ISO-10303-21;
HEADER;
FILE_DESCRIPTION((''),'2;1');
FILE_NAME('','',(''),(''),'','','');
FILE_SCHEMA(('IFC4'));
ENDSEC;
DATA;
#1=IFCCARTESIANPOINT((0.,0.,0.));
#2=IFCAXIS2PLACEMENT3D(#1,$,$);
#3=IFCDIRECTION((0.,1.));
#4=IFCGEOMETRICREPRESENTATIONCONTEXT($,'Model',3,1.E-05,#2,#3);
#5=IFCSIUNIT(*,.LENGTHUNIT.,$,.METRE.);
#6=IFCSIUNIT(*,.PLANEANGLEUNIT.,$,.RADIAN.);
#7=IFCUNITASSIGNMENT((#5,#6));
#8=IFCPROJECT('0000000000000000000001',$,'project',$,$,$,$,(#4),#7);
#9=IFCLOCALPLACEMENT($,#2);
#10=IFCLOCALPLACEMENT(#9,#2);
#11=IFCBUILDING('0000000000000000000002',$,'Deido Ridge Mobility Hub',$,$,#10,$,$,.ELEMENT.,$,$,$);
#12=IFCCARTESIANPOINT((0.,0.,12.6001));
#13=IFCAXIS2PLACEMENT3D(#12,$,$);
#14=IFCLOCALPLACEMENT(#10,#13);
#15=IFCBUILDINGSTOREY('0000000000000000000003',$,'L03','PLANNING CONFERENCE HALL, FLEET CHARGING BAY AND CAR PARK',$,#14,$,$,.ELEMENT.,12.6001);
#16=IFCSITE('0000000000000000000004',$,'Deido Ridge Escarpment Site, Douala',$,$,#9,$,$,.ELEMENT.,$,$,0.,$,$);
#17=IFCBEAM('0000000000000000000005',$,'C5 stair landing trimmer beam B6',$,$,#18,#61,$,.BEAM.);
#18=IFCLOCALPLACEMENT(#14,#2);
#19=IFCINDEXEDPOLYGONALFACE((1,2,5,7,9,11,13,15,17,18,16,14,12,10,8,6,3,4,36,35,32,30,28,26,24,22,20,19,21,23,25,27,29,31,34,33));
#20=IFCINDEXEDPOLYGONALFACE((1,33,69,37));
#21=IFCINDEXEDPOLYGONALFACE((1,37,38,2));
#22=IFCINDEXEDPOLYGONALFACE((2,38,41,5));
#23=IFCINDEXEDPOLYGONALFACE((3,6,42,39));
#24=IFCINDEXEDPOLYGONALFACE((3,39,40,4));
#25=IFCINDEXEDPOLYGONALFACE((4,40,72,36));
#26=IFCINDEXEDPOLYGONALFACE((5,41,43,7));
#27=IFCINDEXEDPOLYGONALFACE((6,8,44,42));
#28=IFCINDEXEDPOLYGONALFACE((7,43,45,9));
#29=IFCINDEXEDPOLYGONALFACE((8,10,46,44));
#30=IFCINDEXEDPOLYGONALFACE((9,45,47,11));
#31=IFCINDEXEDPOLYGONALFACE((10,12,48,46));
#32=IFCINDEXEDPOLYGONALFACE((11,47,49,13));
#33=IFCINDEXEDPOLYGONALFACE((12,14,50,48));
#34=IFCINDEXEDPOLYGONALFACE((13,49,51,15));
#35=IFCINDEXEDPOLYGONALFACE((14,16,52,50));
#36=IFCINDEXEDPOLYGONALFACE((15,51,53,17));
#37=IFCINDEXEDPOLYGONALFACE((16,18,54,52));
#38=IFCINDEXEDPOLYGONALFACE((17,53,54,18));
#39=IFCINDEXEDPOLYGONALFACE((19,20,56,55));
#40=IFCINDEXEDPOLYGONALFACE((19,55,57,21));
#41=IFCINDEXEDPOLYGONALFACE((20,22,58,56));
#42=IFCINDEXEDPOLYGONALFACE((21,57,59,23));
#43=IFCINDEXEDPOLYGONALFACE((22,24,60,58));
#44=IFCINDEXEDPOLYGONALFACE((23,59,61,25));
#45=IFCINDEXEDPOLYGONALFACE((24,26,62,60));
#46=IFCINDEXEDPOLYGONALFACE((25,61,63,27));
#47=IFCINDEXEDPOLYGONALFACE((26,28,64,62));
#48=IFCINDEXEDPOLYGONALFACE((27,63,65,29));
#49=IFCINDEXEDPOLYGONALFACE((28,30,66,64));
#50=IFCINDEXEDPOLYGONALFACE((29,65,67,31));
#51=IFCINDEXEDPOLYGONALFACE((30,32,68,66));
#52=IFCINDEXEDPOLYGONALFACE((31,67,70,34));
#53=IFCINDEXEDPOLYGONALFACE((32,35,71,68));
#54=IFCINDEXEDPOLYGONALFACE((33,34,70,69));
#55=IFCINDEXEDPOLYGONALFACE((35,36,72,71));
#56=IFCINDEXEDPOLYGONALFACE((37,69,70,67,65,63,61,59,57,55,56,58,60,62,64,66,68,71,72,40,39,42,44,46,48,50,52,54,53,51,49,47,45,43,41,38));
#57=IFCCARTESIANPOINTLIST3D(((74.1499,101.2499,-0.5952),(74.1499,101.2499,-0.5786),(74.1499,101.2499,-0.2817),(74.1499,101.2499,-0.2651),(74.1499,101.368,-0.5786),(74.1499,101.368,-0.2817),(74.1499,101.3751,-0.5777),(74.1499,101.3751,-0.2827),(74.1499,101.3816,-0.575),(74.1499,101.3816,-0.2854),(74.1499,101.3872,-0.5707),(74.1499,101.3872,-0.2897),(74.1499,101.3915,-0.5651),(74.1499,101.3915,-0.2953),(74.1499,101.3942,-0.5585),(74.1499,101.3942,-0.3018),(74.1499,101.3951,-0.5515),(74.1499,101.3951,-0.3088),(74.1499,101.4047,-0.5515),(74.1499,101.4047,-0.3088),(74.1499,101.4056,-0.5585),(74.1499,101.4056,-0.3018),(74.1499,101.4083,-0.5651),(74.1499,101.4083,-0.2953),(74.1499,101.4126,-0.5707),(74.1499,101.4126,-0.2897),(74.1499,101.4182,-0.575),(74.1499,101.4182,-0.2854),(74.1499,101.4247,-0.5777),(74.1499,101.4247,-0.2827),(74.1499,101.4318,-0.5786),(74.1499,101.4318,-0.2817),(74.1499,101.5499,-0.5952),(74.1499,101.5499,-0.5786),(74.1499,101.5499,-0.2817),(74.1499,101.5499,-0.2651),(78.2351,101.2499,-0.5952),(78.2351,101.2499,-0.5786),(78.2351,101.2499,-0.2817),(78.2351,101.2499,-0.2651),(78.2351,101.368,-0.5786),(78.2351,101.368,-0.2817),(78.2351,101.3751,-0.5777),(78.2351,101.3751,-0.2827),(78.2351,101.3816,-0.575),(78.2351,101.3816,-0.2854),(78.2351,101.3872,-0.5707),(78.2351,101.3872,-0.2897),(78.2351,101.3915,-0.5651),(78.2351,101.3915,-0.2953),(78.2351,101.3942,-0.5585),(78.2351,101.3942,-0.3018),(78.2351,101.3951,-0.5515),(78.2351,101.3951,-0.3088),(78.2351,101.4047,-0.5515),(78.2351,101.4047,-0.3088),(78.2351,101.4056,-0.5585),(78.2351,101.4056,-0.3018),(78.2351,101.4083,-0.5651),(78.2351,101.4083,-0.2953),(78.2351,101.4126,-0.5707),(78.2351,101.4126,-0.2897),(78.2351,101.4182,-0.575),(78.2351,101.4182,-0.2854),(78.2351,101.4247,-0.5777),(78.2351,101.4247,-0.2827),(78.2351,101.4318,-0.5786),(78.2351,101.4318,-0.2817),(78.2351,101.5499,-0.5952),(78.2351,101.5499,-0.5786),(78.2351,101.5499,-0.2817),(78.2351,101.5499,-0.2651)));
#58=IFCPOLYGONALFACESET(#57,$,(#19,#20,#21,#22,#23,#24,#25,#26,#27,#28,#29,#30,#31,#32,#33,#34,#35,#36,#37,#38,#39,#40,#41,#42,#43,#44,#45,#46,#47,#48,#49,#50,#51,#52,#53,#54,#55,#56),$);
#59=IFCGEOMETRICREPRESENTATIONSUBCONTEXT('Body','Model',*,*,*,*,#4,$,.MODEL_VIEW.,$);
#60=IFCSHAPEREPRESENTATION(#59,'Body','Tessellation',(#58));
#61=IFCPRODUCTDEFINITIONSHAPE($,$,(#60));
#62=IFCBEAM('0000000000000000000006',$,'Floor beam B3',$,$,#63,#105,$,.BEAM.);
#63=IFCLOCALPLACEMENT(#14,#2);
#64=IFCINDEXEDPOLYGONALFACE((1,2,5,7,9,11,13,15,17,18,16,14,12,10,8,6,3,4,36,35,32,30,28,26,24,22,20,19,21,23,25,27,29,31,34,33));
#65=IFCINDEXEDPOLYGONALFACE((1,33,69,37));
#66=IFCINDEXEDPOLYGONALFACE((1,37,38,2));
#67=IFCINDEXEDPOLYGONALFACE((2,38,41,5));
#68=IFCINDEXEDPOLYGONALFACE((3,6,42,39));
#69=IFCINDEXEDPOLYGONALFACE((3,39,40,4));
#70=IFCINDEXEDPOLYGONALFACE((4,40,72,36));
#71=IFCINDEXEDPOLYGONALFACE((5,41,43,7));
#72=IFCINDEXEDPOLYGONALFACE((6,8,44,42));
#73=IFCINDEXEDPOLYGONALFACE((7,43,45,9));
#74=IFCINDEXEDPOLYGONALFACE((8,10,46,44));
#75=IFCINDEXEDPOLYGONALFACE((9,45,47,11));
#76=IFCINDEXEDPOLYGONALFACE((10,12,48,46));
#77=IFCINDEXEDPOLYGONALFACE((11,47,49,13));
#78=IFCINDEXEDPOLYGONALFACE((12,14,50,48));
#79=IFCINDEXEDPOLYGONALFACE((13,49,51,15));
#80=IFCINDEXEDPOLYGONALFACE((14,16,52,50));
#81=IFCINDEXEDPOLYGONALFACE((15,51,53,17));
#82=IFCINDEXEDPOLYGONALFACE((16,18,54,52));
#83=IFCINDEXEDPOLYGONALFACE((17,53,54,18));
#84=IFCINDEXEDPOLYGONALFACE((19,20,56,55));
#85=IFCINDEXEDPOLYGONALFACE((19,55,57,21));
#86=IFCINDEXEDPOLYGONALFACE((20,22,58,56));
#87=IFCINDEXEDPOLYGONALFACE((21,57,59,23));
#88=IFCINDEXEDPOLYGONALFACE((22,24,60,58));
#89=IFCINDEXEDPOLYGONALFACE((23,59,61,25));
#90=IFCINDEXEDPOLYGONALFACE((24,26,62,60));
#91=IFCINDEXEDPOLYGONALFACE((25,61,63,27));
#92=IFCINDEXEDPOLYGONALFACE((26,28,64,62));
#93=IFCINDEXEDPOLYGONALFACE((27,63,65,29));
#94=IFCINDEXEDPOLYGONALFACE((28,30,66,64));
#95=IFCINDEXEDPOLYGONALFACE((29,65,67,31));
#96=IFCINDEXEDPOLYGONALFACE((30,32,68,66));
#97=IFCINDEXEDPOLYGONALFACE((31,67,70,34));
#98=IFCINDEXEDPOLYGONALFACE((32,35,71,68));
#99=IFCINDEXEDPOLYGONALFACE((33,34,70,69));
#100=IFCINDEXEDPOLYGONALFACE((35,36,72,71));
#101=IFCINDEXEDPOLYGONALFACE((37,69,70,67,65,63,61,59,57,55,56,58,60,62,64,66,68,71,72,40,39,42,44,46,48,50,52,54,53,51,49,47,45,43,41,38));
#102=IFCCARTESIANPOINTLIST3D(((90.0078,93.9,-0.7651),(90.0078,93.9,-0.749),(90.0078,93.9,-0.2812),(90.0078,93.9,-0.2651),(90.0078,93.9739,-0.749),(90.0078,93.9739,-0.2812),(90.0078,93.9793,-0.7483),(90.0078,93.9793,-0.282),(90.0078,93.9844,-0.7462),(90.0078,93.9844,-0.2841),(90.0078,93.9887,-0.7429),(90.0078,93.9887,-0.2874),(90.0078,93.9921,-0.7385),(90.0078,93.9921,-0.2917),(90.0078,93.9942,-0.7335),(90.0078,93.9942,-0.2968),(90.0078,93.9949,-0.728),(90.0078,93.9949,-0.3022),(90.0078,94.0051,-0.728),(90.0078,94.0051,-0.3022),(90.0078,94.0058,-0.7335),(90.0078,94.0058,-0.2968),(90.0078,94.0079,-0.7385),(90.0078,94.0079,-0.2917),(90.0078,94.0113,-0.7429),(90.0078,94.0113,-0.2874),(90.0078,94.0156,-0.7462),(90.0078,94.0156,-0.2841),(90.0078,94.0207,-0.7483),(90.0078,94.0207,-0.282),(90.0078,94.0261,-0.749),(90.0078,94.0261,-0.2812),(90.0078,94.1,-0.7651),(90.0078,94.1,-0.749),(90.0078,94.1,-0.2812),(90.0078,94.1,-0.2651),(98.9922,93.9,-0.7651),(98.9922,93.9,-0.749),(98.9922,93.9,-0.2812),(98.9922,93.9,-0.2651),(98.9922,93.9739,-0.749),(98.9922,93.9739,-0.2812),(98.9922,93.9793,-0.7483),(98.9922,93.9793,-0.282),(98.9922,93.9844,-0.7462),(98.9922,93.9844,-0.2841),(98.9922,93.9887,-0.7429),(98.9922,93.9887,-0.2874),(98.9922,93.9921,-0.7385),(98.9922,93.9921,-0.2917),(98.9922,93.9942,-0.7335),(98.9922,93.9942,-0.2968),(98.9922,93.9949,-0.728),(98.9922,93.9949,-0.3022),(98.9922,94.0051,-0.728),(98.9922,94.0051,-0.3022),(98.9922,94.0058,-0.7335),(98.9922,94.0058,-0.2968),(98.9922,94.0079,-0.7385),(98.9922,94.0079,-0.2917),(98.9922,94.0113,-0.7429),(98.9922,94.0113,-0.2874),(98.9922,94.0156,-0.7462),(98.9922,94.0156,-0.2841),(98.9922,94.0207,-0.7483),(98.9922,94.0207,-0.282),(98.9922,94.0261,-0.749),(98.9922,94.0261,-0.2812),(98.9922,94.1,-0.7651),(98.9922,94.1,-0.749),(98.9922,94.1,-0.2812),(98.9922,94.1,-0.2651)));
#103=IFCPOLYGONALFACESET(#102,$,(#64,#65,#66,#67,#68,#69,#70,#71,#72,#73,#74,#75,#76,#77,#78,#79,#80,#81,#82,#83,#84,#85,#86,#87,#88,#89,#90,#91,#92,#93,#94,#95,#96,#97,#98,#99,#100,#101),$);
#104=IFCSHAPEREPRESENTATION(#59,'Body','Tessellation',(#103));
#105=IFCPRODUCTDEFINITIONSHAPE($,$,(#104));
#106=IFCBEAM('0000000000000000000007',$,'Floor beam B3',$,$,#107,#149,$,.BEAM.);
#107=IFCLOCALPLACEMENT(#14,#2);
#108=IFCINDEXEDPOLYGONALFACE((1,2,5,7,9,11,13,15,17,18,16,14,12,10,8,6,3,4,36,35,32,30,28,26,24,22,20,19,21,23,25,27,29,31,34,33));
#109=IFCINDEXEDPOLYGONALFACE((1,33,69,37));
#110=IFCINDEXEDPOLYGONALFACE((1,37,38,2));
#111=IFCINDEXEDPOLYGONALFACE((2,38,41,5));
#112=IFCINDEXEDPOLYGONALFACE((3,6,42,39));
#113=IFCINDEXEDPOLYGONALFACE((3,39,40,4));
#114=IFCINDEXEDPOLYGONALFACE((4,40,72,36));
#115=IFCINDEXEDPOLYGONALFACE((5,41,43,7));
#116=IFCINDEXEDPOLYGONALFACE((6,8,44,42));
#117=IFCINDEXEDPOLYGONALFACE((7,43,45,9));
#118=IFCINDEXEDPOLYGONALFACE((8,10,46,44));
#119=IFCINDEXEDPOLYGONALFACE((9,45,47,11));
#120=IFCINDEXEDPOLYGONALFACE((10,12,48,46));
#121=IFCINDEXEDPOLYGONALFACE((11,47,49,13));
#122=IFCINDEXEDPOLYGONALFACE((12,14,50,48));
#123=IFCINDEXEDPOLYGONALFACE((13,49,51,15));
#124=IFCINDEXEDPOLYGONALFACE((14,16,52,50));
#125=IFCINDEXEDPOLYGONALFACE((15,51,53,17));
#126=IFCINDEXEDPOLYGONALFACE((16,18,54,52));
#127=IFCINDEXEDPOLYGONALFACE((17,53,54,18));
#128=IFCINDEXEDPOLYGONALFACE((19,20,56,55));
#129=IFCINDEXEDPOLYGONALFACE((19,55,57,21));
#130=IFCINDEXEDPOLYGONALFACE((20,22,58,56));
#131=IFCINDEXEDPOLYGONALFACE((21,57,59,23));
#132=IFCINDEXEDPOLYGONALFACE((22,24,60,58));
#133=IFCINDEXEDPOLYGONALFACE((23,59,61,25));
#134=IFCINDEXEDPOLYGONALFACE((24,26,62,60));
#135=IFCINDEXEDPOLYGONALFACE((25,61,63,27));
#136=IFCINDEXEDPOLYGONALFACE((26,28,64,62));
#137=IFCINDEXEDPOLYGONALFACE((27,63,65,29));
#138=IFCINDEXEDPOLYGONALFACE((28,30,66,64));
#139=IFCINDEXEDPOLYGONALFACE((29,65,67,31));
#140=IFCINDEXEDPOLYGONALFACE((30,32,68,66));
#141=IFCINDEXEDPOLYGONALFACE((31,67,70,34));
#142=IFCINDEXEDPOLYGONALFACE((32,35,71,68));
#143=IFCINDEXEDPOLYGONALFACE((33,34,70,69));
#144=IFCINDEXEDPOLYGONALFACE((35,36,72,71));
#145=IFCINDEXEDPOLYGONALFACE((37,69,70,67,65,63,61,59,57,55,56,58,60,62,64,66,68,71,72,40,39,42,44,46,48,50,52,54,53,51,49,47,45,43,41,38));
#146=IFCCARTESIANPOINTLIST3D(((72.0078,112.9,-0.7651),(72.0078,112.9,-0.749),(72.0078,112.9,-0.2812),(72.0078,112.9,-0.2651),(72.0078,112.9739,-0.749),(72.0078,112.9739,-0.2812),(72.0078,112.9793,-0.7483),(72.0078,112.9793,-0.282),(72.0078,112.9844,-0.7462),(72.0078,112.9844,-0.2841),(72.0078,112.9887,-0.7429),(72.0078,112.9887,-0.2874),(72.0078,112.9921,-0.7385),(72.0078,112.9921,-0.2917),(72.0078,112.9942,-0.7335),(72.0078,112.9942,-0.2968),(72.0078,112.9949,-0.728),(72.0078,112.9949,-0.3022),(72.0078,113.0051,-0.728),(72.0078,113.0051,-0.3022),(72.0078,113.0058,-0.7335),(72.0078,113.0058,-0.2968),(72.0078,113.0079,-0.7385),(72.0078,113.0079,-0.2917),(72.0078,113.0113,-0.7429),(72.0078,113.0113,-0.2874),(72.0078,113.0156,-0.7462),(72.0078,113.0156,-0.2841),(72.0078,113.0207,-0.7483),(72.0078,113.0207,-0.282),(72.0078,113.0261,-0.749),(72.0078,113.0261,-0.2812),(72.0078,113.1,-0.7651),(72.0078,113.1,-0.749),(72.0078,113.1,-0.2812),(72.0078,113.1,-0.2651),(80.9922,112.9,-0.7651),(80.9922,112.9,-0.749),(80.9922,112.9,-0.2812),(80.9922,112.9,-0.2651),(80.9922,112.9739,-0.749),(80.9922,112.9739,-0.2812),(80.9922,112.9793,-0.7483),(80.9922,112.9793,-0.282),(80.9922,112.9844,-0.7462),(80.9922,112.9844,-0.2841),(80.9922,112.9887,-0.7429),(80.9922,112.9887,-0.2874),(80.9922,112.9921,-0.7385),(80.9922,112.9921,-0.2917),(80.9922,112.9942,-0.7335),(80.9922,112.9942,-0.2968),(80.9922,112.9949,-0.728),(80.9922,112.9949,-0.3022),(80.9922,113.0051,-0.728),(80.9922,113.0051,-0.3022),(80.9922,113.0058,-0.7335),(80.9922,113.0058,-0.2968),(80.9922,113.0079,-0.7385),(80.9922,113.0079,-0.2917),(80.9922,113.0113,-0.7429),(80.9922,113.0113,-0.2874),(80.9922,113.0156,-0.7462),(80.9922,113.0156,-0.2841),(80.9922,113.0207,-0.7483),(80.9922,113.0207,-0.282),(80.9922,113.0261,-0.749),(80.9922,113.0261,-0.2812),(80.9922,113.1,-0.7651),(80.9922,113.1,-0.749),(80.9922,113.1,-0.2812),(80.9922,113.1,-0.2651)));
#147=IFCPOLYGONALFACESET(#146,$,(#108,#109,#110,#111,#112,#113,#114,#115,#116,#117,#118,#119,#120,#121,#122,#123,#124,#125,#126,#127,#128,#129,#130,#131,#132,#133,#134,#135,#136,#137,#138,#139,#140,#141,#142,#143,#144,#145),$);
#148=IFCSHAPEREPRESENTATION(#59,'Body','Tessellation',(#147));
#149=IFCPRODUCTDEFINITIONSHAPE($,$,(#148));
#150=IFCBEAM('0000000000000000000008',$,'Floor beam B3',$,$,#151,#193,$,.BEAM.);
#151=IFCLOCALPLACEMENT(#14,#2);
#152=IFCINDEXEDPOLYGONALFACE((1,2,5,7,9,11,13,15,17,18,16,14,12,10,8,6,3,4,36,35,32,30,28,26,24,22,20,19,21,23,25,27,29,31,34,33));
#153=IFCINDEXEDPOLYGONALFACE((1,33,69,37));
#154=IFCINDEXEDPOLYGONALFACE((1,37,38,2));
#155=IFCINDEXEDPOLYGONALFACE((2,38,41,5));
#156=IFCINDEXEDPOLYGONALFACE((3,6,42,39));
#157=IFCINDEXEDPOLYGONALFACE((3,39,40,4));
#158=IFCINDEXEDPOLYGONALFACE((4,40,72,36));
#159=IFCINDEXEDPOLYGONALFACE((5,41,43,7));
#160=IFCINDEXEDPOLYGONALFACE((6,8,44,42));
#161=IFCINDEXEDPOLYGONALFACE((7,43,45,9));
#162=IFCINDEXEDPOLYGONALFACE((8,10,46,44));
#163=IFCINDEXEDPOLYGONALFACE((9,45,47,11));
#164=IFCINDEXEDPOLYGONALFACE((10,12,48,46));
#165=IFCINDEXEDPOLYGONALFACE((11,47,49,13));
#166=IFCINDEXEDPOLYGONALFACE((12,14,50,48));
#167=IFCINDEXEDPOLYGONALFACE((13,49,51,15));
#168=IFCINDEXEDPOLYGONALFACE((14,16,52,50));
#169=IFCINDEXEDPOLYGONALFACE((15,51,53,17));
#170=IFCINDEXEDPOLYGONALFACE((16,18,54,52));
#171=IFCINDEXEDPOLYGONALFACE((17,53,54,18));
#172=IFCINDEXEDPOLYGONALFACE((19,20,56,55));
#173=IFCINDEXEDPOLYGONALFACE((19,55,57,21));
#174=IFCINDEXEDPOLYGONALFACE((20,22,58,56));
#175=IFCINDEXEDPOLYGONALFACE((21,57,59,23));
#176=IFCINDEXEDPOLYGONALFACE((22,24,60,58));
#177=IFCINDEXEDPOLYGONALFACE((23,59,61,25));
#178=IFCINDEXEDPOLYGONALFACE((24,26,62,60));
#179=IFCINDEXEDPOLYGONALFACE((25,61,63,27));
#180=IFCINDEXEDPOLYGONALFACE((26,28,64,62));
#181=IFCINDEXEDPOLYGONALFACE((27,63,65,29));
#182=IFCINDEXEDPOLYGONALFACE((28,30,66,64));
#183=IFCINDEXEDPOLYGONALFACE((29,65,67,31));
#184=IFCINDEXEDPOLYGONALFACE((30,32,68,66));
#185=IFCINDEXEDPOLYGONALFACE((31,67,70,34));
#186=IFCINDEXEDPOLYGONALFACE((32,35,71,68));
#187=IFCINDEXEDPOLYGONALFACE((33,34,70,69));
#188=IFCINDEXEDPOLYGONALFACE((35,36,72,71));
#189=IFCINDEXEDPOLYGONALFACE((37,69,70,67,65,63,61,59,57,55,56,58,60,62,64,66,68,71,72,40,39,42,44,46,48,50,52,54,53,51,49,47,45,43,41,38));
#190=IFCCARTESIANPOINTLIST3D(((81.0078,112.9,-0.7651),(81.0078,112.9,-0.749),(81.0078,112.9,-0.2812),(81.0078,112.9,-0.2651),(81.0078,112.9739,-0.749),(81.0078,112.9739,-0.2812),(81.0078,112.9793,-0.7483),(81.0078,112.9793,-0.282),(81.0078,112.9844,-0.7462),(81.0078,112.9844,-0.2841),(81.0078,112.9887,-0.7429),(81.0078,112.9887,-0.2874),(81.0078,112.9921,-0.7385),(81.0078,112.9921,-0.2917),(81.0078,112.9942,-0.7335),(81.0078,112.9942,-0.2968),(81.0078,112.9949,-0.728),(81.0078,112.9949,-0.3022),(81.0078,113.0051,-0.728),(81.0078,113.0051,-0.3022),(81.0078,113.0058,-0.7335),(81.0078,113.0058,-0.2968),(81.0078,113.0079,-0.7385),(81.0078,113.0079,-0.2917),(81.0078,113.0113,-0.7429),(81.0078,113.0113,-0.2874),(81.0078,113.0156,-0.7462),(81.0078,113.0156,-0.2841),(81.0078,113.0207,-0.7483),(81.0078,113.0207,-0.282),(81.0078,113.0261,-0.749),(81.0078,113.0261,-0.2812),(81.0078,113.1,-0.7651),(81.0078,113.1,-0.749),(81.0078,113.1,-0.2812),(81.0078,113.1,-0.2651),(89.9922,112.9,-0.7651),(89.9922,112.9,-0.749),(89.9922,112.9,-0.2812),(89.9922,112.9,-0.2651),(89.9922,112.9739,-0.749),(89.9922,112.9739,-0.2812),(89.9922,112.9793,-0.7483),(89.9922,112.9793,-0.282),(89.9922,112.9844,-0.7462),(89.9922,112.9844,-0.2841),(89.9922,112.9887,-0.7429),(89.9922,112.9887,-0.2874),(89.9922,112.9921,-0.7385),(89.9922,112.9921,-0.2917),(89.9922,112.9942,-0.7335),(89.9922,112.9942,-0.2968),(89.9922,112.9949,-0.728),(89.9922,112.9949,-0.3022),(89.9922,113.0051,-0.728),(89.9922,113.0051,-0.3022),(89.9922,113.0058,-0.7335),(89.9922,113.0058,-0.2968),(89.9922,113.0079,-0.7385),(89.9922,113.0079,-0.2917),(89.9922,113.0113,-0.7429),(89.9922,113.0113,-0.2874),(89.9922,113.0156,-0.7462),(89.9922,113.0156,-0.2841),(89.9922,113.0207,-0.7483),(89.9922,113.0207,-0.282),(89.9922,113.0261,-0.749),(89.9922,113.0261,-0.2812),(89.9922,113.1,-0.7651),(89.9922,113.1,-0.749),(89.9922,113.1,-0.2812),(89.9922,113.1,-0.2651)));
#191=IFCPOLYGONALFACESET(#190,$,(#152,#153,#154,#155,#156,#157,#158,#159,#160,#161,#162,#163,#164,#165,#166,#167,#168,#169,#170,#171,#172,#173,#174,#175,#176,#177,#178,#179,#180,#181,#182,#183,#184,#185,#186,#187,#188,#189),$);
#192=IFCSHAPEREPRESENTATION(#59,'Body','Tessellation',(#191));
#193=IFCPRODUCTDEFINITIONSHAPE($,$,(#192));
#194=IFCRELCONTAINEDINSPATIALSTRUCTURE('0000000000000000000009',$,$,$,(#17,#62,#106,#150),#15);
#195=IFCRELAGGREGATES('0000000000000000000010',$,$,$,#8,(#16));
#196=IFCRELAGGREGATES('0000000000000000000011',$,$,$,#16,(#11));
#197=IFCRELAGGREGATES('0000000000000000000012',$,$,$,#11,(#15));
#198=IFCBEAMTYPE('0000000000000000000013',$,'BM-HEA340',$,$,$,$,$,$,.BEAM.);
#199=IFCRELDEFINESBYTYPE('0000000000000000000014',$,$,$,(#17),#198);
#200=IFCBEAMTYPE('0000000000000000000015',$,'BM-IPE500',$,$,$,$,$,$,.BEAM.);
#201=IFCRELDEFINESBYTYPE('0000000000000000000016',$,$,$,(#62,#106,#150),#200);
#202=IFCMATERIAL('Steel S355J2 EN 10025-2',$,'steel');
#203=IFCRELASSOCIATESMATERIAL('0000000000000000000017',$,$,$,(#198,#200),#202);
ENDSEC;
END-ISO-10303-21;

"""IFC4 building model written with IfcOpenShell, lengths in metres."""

from ifc_helpers import new_model, si_unit, direction, frame, origin, origin_2d, place, context, subcontext, project, spatial, i_section, extrude, material, material_profile, profile_set, type_object, element, save


model = new_model("IFC4")

# Units and contexts
model_context = context("Model", 3, precision=1e-05, world=origin(), true_north=direction((0.0, 1.0)))
body_context = subcontext(model_context, "Body", "Model", "MODEL_VIEW")
ifc_project = project(units=[si_unit("LENGTHUNIT", "METRE"), si_unit("PLANEANGLEUNIT", "RADIAN")], contexts=[model_context])

# Site, building, storey
site_placement = place(None, origin())
site = spatial("IfcSite", under=ifc_project, at=site_placement, Name="Deido Ridge Escarpment Site, Douala", CompositionType="ELEMENT", RefElevation=0.0)
building_placement = place(site_placement, origin())
building = spatial("IfcBuilding", under=site, at=building_placement, Name="Deido Ridge Mobility Hub", CompositionType="ELEMENT")
storey_placement = place(building_placement, frame((0.0, 0.0, 12.6001)))
storey = spatial("IfcBuildingStorey", under=building, at=storey_placement, Name="L03", Description="PLANNING CONFERENCE HALL, FLEET CHARGING BAY AND CAR PARK", CompositionType="ELEMENT", Elevation=12.6001)

# Shared definitions
ifc_material_1 = material(Name="Steel S355J2 EN 10025-2", Category="steel")

# Beams
ifc_material_profile_1 = material_profile(ifc_material_1, i_section(OverallWidth=0.3, OverallDepth=0.3301, WebThickness=0.0095, FlangeThickness=0.0166, FilletRadius=0.0271, at=origin_2d()), Name="HEA 340")
ifc_profile_set_1 = profile_set([ifc_material_profile_1], Name="Steel S355J2 EN 10025-2")
beam_type_1 = type_object("IfcBeamType", Name="BM-HEA340", PredefinedType="BEAM", material=ifc_profile_set_1)
beam_1_placement = place(storey_placement, frame((74.1499, 101.3999, -0.4302), z_axis=(1.0, 0.0, 0.0), x_axis=(0.0, 1.0, 0.0)))
element("IfcBeam", 1, at=beam_1_placement, inside=storey, type_object=beam_type_1, Name="C5 stair landing trimmer beam B6", PredefinedType="BEAM", context=body_context, shape_type="SweptSolid", body=[
    extrude(i_section(OverallWidth=0.3, OverallDepth=0.3301, WebThickness=0.0095, FlangeThickness=0.0166, FilletRadius=0.0271, at=origin_2d()), origin(), (0.0, 0.0, 1.0), 4.0852),
])
ifc_material_profile_2 = material_profile(ifc_material_1, i_section(OverallWidth=0.2, OverallDepth=0.5, WebThickness=0.0103, FlangeThickness=0.0161, FilletRadius=0.021, at=origin_2d()), Name="IPE 500")
ifc_profile_set_2 = profile_set([ifc_material_profile_2], Name="Steel S355J2 EN 10025-2")
beam_type_2 = type_object("IfcBeamType", Name="BM-IPE500", PredefinedType="BEAM", material=ifc_profile_set_2)
for number, where, z_axis, x_axis, name in (
    (2, (90.0078, 94.0, -0.5151), (1.0, 0.0, 0.0), (0.0, 1.0, 0.0), "Floor beam B3"),
    (3, (72.0078, 113.0, -0.5151), (1.0, 0.0, 0.0), (0.0, 1.0, 0.0), "Floor beam B3"),
    (4, (81.0078, 113.0, -0.5151), (1.0, 0.0, 0.0), (0.0, 1.0, 0.0), "Floor beam B3"),
):
    element("IfcBeam", number, at=place(storey_placement, frame(where, z_axis=z_axis, x_axis=x_axis)), inside=storey, type_object=beam_type_2, Name=name, PredefinedType="BEAM", context=body_context, shape_type="SweptSolid", body=[
        extrude(i_section(OverallWidth=0.2, OverallDepth=0.5, WebThickness=0.0103, FlangeThickness=0.0161, FilletRadius=0.021, at=origin_2d()), origin(), (0.0, 0.0, 1.0), 8.9844),
    ])

save(model, "model.ifc")
